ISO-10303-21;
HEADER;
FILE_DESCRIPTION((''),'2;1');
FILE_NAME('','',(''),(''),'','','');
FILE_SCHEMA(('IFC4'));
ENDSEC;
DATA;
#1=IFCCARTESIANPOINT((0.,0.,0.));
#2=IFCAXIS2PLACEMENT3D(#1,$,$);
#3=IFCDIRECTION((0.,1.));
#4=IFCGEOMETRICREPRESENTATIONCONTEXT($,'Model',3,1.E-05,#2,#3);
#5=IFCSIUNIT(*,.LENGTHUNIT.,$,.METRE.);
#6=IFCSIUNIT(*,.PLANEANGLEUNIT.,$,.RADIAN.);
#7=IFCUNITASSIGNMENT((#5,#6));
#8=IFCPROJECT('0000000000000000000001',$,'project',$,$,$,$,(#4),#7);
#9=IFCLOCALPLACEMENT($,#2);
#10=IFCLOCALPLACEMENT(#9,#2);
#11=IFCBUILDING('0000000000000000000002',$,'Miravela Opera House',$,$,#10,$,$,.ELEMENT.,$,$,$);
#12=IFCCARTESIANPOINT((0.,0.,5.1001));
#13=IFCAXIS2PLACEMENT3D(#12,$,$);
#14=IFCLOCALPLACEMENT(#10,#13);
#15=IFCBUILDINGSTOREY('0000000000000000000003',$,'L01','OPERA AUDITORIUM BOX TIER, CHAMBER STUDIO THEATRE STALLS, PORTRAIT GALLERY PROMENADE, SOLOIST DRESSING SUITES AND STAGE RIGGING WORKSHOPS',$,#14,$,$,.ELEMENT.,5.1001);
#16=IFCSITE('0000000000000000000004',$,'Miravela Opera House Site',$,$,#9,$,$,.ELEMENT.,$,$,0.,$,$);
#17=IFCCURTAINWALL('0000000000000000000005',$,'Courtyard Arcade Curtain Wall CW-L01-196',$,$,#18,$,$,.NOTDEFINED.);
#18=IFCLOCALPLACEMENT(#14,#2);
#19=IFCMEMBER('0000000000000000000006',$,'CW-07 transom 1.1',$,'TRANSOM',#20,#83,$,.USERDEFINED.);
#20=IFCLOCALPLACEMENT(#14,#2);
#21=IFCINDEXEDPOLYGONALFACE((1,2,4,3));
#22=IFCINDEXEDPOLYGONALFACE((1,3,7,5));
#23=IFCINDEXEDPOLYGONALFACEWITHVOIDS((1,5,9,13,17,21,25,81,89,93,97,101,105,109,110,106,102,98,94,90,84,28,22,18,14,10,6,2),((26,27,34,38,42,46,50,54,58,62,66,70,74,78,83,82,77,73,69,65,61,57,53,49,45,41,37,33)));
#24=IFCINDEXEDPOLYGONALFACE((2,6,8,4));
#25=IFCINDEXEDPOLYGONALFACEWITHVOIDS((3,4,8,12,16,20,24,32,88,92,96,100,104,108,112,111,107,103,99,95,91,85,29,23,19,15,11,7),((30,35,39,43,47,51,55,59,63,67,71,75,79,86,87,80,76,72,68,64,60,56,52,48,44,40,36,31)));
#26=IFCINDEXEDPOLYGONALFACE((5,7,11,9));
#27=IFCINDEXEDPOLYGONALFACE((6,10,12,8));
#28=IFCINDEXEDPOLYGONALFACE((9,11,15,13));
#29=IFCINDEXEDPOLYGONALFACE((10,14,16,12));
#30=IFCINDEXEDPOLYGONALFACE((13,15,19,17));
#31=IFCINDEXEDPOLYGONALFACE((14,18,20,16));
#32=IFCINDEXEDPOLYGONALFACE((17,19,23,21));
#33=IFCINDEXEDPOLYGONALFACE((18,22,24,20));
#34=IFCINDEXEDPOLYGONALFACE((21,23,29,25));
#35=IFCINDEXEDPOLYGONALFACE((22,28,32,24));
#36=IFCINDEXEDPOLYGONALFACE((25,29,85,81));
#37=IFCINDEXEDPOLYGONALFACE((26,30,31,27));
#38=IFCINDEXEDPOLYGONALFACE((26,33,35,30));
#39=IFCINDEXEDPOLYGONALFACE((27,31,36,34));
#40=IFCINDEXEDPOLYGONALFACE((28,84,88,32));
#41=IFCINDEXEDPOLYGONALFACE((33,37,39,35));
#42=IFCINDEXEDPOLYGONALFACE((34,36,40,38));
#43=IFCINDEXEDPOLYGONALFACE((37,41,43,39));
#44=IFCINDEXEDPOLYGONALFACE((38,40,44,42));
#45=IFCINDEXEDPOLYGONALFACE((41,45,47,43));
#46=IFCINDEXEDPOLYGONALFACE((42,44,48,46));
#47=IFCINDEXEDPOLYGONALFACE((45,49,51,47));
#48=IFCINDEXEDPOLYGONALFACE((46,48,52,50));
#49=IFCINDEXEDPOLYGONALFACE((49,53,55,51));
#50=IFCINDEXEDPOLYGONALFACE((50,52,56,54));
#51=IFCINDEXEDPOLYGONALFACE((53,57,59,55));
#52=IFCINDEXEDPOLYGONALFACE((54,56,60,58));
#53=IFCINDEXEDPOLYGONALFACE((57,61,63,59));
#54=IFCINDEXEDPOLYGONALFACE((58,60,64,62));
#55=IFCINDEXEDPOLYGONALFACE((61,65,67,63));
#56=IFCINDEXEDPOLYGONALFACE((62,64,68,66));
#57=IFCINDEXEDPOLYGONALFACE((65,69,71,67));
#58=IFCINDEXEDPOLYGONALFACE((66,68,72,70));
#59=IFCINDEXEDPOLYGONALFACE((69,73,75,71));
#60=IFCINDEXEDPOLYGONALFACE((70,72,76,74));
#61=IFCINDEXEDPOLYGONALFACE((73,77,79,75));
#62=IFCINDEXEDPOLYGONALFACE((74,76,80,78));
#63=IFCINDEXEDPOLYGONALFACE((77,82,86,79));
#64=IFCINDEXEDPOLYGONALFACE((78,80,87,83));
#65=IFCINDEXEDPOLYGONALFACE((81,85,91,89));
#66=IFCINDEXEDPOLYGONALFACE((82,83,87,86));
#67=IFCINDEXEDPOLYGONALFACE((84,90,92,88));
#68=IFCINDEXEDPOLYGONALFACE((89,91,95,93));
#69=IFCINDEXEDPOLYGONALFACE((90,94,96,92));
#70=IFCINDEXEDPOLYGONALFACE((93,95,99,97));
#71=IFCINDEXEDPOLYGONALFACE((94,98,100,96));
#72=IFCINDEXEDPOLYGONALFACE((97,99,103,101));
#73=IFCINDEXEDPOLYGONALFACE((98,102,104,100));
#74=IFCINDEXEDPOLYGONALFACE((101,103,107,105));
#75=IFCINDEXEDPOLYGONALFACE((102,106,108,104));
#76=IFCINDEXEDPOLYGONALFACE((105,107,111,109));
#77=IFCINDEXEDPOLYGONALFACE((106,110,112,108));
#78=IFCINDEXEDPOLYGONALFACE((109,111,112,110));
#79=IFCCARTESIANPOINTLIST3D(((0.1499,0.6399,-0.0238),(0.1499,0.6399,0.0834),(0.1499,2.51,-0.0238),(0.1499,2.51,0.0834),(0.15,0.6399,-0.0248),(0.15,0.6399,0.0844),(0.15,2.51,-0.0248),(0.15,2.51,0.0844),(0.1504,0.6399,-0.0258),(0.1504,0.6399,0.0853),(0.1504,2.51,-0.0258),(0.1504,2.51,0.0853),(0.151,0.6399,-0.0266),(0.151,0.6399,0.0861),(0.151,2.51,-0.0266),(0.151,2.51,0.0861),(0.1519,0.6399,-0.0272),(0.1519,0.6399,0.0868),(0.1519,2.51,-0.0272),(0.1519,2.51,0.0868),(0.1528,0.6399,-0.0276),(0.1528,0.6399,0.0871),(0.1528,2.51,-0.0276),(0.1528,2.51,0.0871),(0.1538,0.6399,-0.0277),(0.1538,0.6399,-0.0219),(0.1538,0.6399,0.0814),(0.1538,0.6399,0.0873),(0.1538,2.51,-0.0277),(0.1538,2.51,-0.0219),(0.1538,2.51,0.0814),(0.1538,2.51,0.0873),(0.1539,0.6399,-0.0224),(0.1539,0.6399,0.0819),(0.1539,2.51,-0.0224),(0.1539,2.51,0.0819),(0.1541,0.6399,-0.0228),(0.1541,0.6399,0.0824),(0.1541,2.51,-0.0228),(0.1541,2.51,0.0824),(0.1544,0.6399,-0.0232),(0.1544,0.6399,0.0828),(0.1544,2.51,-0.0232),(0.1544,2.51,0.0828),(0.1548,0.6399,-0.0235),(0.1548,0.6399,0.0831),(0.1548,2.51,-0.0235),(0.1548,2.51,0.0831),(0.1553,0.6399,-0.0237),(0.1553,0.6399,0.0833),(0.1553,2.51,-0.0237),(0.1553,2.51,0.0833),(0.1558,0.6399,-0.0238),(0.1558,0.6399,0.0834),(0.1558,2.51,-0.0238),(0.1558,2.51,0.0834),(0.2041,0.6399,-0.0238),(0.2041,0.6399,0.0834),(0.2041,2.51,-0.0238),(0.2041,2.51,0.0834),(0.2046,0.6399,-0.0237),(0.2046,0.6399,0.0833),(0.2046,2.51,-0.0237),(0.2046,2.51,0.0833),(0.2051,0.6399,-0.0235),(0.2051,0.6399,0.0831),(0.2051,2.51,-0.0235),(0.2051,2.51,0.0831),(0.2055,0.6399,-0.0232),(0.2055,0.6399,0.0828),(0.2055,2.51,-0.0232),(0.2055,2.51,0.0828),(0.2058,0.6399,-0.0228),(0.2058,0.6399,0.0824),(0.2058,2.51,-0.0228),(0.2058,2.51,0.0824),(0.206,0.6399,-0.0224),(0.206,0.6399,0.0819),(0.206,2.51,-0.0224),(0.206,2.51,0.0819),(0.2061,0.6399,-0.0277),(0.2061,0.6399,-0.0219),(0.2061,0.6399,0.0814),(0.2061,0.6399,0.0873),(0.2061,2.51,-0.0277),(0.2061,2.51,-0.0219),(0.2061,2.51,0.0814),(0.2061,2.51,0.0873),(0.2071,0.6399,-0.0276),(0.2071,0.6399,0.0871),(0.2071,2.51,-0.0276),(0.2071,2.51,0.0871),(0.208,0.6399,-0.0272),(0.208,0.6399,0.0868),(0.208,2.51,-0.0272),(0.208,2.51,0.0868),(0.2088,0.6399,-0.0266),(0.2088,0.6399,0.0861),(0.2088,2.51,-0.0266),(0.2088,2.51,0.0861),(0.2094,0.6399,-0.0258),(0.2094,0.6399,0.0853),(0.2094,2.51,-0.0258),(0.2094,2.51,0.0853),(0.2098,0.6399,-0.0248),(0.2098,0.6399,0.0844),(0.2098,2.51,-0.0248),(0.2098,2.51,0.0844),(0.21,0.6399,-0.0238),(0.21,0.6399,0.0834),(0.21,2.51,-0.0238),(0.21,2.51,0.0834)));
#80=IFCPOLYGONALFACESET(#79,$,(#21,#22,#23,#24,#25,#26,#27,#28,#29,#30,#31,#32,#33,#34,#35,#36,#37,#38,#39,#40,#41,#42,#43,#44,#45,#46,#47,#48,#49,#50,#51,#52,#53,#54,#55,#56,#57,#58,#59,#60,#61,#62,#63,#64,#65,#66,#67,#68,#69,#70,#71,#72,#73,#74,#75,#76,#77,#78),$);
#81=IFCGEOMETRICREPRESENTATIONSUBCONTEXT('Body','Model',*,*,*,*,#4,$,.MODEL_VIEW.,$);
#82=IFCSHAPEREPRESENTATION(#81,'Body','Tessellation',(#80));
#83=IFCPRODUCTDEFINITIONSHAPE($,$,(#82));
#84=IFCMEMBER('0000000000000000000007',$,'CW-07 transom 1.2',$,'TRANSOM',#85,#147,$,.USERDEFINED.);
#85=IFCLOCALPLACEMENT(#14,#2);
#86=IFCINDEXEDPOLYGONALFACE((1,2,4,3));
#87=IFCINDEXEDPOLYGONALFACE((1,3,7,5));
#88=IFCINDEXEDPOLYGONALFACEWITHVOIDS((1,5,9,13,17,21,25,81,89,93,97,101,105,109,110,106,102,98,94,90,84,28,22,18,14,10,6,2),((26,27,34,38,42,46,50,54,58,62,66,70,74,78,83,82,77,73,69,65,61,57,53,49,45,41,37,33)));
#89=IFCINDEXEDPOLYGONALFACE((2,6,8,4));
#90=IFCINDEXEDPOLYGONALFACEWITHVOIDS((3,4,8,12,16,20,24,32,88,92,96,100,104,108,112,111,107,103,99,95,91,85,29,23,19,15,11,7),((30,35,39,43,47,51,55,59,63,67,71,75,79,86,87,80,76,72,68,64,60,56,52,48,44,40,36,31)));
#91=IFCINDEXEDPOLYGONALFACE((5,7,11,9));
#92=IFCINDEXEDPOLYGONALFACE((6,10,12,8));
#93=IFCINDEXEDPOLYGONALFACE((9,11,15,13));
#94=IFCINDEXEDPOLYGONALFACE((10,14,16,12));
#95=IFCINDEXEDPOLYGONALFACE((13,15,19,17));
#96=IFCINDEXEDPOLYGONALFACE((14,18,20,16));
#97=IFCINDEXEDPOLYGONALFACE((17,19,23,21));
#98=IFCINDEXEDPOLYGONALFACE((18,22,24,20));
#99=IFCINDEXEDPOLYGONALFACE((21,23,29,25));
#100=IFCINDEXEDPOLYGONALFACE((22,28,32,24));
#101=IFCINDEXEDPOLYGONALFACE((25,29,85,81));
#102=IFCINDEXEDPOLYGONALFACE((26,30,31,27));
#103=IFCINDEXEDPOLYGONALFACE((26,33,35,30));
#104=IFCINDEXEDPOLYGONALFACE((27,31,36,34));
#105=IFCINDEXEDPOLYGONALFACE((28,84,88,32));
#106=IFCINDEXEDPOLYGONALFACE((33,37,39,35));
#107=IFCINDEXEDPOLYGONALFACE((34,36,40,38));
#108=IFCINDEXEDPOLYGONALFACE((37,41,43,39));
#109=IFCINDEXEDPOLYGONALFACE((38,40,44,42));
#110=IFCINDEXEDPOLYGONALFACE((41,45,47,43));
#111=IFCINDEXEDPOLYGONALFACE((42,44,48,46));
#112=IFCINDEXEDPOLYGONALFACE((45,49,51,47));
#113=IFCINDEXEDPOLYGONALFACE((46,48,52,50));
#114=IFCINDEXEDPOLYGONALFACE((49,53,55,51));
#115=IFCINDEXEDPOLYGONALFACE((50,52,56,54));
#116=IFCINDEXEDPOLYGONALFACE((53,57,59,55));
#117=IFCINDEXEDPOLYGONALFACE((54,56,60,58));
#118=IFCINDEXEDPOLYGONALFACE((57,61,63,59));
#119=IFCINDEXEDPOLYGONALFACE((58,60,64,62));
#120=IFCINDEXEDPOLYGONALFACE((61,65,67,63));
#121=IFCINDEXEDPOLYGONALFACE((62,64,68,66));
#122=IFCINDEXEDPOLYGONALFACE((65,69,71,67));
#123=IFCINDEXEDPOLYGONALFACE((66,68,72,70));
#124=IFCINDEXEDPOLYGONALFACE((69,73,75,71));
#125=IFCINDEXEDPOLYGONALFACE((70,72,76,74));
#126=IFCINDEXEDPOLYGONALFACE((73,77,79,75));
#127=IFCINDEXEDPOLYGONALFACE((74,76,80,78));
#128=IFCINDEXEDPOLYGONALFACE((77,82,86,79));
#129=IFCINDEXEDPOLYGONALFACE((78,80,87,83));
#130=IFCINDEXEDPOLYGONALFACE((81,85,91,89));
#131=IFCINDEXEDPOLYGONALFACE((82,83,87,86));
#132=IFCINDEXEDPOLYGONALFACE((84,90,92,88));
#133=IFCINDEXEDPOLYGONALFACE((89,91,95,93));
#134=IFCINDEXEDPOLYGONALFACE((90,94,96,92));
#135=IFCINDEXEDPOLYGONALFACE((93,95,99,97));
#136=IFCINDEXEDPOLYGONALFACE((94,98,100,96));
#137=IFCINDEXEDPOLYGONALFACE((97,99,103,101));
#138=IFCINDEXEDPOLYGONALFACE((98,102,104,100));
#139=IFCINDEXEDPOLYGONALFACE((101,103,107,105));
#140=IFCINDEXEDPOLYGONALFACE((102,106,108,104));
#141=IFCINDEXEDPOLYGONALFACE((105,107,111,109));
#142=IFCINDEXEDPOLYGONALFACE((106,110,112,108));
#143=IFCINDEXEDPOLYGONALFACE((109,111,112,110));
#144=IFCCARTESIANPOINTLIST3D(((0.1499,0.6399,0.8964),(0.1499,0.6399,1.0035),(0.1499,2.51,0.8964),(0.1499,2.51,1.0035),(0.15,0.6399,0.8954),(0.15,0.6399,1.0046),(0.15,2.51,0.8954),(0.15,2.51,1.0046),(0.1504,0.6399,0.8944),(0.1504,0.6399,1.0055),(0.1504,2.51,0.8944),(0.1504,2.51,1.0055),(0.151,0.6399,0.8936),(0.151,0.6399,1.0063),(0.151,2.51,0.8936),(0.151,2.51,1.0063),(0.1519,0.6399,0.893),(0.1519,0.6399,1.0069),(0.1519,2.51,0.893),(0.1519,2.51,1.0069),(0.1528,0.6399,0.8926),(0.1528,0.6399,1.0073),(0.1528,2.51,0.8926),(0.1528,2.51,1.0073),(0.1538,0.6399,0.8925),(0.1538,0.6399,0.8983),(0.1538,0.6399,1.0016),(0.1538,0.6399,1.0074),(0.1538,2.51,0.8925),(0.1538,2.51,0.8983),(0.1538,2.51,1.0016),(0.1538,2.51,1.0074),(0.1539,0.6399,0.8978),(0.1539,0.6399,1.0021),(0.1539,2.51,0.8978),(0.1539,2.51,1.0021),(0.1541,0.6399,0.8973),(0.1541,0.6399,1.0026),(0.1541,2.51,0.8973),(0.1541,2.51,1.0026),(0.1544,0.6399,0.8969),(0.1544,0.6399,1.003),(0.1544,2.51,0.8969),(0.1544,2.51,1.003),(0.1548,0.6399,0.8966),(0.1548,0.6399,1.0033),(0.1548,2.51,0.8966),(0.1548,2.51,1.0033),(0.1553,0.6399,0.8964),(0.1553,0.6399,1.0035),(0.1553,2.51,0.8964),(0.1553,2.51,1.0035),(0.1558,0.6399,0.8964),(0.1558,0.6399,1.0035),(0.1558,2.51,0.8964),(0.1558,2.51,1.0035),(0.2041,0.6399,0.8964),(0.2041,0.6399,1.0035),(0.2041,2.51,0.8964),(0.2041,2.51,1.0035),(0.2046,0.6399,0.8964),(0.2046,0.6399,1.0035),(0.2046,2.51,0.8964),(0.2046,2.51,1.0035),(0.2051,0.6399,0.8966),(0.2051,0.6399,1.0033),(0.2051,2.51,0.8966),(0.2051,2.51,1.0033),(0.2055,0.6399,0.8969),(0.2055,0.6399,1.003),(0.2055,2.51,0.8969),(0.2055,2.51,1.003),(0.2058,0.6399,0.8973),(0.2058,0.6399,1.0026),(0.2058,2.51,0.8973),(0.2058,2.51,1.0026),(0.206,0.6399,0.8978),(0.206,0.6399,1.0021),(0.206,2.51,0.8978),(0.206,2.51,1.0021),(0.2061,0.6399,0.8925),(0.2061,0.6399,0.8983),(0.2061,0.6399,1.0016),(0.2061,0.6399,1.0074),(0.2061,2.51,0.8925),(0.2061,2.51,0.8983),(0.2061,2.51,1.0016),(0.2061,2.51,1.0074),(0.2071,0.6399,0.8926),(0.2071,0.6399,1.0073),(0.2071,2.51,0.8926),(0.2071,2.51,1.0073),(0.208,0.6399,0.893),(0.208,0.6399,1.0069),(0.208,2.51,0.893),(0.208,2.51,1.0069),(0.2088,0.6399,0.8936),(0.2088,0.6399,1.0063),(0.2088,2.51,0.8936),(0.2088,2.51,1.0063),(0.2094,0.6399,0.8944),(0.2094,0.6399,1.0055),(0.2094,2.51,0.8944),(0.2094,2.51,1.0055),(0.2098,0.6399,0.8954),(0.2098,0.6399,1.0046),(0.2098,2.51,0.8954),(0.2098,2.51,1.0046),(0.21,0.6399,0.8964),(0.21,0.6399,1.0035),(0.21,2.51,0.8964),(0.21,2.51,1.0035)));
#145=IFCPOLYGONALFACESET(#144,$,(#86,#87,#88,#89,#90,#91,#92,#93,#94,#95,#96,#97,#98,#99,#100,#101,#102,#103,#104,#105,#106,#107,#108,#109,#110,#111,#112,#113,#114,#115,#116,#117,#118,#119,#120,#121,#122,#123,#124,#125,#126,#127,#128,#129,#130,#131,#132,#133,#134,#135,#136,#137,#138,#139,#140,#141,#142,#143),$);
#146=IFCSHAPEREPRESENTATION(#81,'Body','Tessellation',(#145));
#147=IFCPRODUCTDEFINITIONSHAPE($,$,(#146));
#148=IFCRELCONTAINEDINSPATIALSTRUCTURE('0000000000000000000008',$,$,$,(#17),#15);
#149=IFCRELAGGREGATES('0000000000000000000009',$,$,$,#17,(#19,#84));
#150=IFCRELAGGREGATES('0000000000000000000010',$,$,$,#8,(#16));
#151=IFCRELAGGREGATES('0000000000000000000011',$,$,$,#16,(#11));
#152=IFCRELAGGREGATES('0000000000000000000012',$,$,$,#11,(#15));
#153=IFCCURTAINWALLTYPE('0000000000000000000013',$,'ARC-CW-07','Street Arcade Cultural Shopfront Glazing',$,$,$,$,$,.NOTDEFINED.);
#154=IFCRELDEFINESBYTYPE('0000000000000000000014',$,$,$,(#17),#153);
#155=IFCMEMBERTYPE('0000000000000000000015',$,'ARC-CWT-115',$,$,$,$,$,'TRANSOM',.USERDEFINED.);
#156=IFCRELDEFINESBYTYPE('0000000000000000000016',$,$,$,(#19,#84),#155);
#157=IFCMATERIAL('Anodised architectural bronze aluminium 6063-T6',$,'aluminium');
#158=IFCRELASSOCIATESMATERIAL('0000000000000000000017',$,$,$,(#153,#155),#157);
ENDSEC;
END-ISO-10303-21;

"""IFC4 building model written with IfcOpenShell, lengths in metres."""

from ifc_helpers import new_model, si_unit, direction, frame, origin, origin_2d, place, context, subcontext, project, spatial, hollow_rectangle, extrude, material, material_profile, profile_set, type_object, element, aggregate, save


model = new_model("IFC4")

# Units and contexts
model_context = context("Model", 3, precision=1e-05, world=origin(), true_north=direction((0.0, 1.0)))
body_context = subcontext(model_context, "Body", "Model", "MODEL_VIEW")
ifc_project = project(units=[si_unit("LENGTHUNIT", "METRE"), si_unit("PLANEANGLEUNIT", "RADIAN")], contexts=[model_context])

# Site, building, storey
site_placement = place(None, origin())
site = spatial("IfcSite", under=ifc_project, at=site_placement, Name="Miravela Opera House Site", CompositionType="ELEMENT", RefElevation=0.0)
building_placement = place(site_placement, origin())
building = spatial("IfcBuilding", under=site, at=building_placement, Name="Miravela Opera House", CompositionType="ELEMENT")
storey_placement = place(building_placement, frame((0.0, 0.0, 5.1001)))
storey = spatial("IfcBuildingStorey", under=building, at=storey_placement, Name="L01", Description="OPERA AUDITORIUM BOX TIER, CHAMBER STUDIO THEATRE STALLS, PORTRAIT GALLERY PROMENADE, SOLOIST DRESSING SUITES AND STAGE RIGGING WORKSHOPS", CompositionType="ELEMENT", Elevation=5.1001)

# Curtain wall, members
ifc_material_1 = material(Name="Anodised architectural bronze aluminium 6063-T6", Category="aluminium")
curtain_wall_type = type_object("IfcCurtainWallType", Name="ARC-CW-07", Description="Street Arcade Cultural Shopfront Glazing", PredefinedType="NOTDEFINED", material=ifc_material_1)
curtain_wall_placement = place(storey_placement, origin())
curtain_wall = element("IfcCurtainWall", 1, at=curtain_wall_placement, inside=storey, type_object=curtain_wall_type, Name="Courtyard Arcade Curtain Wall CW-L01-196", PredefinedType="NOTDEFINED")
ifc_material_profile_1 = material_profile(ifc_material_1, hollow_rectangle(XDim=0.0601, YDim=0.115, WallThickness=0.0039, InnerFilletRadius=0.002, OuterFilletRadius=0.0039, at=origin_2d()), Name="CWT-60X115")
ifc_profile_set_1 = profile_set([ifc_material_profile_1])
member_type_1 = type_object("IfcMemberType", Name="ARC-CWT-115", ElementType="TRANSOM", PredefinedType="USERDEFINED", material=ifc_profile_set_1)
member_1_placement = place(storey_placement, frame((0.1799, 0.6399, 0.0298), z_axis=(0.0, 1.0, 0.0), x_axis=(-1.0, 0.0, 0.0)))
member_1 = element("IfcMember", 2, at=member_1_placement, type_object=member_type_1, Name="CW-07 transom 1.1", ObjectType="TRANSOM", PredefinedType="USERDEFINED", context=body_context, shape_type="SweptSolid", body=[
    extrude(hollow_rectangle(XDim=0.0601, YDim=0.115, WallThickness=0.0039, InnerFilletRadius=0.002, OuterFilletRadius=0.0039, at=origin_2d()), origin(), (0.0, 0.0, 1.0), 1.8701),
])
member_2_placement = place(storey_placement, frame((0.1799, 0.6399, 0.95), z_axis=(0.0, 1.0, 0.0), x_axis=(-1.0, 0.0, 0.0)))
member_2 = element("IfcMember", 3, at=member_2_placement, type_object=member_type_1, Name="CW-07 transom 1.2", ObjectType="TRANSOM", PredefinedType="USERDEFINED", context=body_context, shape_type="SweptSolid", body=[
    extrude(hollow_rectangle(XDim=0.0601, YDim=0.115, WallThickness=0.0039, InnerFilletRadius=0.002, OuterFilletRadius=0.0039, at=origin_2d()), origin(), (0.0, 0.0, 1.0), 1.8701),
])

aggregate(curtain_wall, [member_1, member_2])

save(model, "model.ifc")
